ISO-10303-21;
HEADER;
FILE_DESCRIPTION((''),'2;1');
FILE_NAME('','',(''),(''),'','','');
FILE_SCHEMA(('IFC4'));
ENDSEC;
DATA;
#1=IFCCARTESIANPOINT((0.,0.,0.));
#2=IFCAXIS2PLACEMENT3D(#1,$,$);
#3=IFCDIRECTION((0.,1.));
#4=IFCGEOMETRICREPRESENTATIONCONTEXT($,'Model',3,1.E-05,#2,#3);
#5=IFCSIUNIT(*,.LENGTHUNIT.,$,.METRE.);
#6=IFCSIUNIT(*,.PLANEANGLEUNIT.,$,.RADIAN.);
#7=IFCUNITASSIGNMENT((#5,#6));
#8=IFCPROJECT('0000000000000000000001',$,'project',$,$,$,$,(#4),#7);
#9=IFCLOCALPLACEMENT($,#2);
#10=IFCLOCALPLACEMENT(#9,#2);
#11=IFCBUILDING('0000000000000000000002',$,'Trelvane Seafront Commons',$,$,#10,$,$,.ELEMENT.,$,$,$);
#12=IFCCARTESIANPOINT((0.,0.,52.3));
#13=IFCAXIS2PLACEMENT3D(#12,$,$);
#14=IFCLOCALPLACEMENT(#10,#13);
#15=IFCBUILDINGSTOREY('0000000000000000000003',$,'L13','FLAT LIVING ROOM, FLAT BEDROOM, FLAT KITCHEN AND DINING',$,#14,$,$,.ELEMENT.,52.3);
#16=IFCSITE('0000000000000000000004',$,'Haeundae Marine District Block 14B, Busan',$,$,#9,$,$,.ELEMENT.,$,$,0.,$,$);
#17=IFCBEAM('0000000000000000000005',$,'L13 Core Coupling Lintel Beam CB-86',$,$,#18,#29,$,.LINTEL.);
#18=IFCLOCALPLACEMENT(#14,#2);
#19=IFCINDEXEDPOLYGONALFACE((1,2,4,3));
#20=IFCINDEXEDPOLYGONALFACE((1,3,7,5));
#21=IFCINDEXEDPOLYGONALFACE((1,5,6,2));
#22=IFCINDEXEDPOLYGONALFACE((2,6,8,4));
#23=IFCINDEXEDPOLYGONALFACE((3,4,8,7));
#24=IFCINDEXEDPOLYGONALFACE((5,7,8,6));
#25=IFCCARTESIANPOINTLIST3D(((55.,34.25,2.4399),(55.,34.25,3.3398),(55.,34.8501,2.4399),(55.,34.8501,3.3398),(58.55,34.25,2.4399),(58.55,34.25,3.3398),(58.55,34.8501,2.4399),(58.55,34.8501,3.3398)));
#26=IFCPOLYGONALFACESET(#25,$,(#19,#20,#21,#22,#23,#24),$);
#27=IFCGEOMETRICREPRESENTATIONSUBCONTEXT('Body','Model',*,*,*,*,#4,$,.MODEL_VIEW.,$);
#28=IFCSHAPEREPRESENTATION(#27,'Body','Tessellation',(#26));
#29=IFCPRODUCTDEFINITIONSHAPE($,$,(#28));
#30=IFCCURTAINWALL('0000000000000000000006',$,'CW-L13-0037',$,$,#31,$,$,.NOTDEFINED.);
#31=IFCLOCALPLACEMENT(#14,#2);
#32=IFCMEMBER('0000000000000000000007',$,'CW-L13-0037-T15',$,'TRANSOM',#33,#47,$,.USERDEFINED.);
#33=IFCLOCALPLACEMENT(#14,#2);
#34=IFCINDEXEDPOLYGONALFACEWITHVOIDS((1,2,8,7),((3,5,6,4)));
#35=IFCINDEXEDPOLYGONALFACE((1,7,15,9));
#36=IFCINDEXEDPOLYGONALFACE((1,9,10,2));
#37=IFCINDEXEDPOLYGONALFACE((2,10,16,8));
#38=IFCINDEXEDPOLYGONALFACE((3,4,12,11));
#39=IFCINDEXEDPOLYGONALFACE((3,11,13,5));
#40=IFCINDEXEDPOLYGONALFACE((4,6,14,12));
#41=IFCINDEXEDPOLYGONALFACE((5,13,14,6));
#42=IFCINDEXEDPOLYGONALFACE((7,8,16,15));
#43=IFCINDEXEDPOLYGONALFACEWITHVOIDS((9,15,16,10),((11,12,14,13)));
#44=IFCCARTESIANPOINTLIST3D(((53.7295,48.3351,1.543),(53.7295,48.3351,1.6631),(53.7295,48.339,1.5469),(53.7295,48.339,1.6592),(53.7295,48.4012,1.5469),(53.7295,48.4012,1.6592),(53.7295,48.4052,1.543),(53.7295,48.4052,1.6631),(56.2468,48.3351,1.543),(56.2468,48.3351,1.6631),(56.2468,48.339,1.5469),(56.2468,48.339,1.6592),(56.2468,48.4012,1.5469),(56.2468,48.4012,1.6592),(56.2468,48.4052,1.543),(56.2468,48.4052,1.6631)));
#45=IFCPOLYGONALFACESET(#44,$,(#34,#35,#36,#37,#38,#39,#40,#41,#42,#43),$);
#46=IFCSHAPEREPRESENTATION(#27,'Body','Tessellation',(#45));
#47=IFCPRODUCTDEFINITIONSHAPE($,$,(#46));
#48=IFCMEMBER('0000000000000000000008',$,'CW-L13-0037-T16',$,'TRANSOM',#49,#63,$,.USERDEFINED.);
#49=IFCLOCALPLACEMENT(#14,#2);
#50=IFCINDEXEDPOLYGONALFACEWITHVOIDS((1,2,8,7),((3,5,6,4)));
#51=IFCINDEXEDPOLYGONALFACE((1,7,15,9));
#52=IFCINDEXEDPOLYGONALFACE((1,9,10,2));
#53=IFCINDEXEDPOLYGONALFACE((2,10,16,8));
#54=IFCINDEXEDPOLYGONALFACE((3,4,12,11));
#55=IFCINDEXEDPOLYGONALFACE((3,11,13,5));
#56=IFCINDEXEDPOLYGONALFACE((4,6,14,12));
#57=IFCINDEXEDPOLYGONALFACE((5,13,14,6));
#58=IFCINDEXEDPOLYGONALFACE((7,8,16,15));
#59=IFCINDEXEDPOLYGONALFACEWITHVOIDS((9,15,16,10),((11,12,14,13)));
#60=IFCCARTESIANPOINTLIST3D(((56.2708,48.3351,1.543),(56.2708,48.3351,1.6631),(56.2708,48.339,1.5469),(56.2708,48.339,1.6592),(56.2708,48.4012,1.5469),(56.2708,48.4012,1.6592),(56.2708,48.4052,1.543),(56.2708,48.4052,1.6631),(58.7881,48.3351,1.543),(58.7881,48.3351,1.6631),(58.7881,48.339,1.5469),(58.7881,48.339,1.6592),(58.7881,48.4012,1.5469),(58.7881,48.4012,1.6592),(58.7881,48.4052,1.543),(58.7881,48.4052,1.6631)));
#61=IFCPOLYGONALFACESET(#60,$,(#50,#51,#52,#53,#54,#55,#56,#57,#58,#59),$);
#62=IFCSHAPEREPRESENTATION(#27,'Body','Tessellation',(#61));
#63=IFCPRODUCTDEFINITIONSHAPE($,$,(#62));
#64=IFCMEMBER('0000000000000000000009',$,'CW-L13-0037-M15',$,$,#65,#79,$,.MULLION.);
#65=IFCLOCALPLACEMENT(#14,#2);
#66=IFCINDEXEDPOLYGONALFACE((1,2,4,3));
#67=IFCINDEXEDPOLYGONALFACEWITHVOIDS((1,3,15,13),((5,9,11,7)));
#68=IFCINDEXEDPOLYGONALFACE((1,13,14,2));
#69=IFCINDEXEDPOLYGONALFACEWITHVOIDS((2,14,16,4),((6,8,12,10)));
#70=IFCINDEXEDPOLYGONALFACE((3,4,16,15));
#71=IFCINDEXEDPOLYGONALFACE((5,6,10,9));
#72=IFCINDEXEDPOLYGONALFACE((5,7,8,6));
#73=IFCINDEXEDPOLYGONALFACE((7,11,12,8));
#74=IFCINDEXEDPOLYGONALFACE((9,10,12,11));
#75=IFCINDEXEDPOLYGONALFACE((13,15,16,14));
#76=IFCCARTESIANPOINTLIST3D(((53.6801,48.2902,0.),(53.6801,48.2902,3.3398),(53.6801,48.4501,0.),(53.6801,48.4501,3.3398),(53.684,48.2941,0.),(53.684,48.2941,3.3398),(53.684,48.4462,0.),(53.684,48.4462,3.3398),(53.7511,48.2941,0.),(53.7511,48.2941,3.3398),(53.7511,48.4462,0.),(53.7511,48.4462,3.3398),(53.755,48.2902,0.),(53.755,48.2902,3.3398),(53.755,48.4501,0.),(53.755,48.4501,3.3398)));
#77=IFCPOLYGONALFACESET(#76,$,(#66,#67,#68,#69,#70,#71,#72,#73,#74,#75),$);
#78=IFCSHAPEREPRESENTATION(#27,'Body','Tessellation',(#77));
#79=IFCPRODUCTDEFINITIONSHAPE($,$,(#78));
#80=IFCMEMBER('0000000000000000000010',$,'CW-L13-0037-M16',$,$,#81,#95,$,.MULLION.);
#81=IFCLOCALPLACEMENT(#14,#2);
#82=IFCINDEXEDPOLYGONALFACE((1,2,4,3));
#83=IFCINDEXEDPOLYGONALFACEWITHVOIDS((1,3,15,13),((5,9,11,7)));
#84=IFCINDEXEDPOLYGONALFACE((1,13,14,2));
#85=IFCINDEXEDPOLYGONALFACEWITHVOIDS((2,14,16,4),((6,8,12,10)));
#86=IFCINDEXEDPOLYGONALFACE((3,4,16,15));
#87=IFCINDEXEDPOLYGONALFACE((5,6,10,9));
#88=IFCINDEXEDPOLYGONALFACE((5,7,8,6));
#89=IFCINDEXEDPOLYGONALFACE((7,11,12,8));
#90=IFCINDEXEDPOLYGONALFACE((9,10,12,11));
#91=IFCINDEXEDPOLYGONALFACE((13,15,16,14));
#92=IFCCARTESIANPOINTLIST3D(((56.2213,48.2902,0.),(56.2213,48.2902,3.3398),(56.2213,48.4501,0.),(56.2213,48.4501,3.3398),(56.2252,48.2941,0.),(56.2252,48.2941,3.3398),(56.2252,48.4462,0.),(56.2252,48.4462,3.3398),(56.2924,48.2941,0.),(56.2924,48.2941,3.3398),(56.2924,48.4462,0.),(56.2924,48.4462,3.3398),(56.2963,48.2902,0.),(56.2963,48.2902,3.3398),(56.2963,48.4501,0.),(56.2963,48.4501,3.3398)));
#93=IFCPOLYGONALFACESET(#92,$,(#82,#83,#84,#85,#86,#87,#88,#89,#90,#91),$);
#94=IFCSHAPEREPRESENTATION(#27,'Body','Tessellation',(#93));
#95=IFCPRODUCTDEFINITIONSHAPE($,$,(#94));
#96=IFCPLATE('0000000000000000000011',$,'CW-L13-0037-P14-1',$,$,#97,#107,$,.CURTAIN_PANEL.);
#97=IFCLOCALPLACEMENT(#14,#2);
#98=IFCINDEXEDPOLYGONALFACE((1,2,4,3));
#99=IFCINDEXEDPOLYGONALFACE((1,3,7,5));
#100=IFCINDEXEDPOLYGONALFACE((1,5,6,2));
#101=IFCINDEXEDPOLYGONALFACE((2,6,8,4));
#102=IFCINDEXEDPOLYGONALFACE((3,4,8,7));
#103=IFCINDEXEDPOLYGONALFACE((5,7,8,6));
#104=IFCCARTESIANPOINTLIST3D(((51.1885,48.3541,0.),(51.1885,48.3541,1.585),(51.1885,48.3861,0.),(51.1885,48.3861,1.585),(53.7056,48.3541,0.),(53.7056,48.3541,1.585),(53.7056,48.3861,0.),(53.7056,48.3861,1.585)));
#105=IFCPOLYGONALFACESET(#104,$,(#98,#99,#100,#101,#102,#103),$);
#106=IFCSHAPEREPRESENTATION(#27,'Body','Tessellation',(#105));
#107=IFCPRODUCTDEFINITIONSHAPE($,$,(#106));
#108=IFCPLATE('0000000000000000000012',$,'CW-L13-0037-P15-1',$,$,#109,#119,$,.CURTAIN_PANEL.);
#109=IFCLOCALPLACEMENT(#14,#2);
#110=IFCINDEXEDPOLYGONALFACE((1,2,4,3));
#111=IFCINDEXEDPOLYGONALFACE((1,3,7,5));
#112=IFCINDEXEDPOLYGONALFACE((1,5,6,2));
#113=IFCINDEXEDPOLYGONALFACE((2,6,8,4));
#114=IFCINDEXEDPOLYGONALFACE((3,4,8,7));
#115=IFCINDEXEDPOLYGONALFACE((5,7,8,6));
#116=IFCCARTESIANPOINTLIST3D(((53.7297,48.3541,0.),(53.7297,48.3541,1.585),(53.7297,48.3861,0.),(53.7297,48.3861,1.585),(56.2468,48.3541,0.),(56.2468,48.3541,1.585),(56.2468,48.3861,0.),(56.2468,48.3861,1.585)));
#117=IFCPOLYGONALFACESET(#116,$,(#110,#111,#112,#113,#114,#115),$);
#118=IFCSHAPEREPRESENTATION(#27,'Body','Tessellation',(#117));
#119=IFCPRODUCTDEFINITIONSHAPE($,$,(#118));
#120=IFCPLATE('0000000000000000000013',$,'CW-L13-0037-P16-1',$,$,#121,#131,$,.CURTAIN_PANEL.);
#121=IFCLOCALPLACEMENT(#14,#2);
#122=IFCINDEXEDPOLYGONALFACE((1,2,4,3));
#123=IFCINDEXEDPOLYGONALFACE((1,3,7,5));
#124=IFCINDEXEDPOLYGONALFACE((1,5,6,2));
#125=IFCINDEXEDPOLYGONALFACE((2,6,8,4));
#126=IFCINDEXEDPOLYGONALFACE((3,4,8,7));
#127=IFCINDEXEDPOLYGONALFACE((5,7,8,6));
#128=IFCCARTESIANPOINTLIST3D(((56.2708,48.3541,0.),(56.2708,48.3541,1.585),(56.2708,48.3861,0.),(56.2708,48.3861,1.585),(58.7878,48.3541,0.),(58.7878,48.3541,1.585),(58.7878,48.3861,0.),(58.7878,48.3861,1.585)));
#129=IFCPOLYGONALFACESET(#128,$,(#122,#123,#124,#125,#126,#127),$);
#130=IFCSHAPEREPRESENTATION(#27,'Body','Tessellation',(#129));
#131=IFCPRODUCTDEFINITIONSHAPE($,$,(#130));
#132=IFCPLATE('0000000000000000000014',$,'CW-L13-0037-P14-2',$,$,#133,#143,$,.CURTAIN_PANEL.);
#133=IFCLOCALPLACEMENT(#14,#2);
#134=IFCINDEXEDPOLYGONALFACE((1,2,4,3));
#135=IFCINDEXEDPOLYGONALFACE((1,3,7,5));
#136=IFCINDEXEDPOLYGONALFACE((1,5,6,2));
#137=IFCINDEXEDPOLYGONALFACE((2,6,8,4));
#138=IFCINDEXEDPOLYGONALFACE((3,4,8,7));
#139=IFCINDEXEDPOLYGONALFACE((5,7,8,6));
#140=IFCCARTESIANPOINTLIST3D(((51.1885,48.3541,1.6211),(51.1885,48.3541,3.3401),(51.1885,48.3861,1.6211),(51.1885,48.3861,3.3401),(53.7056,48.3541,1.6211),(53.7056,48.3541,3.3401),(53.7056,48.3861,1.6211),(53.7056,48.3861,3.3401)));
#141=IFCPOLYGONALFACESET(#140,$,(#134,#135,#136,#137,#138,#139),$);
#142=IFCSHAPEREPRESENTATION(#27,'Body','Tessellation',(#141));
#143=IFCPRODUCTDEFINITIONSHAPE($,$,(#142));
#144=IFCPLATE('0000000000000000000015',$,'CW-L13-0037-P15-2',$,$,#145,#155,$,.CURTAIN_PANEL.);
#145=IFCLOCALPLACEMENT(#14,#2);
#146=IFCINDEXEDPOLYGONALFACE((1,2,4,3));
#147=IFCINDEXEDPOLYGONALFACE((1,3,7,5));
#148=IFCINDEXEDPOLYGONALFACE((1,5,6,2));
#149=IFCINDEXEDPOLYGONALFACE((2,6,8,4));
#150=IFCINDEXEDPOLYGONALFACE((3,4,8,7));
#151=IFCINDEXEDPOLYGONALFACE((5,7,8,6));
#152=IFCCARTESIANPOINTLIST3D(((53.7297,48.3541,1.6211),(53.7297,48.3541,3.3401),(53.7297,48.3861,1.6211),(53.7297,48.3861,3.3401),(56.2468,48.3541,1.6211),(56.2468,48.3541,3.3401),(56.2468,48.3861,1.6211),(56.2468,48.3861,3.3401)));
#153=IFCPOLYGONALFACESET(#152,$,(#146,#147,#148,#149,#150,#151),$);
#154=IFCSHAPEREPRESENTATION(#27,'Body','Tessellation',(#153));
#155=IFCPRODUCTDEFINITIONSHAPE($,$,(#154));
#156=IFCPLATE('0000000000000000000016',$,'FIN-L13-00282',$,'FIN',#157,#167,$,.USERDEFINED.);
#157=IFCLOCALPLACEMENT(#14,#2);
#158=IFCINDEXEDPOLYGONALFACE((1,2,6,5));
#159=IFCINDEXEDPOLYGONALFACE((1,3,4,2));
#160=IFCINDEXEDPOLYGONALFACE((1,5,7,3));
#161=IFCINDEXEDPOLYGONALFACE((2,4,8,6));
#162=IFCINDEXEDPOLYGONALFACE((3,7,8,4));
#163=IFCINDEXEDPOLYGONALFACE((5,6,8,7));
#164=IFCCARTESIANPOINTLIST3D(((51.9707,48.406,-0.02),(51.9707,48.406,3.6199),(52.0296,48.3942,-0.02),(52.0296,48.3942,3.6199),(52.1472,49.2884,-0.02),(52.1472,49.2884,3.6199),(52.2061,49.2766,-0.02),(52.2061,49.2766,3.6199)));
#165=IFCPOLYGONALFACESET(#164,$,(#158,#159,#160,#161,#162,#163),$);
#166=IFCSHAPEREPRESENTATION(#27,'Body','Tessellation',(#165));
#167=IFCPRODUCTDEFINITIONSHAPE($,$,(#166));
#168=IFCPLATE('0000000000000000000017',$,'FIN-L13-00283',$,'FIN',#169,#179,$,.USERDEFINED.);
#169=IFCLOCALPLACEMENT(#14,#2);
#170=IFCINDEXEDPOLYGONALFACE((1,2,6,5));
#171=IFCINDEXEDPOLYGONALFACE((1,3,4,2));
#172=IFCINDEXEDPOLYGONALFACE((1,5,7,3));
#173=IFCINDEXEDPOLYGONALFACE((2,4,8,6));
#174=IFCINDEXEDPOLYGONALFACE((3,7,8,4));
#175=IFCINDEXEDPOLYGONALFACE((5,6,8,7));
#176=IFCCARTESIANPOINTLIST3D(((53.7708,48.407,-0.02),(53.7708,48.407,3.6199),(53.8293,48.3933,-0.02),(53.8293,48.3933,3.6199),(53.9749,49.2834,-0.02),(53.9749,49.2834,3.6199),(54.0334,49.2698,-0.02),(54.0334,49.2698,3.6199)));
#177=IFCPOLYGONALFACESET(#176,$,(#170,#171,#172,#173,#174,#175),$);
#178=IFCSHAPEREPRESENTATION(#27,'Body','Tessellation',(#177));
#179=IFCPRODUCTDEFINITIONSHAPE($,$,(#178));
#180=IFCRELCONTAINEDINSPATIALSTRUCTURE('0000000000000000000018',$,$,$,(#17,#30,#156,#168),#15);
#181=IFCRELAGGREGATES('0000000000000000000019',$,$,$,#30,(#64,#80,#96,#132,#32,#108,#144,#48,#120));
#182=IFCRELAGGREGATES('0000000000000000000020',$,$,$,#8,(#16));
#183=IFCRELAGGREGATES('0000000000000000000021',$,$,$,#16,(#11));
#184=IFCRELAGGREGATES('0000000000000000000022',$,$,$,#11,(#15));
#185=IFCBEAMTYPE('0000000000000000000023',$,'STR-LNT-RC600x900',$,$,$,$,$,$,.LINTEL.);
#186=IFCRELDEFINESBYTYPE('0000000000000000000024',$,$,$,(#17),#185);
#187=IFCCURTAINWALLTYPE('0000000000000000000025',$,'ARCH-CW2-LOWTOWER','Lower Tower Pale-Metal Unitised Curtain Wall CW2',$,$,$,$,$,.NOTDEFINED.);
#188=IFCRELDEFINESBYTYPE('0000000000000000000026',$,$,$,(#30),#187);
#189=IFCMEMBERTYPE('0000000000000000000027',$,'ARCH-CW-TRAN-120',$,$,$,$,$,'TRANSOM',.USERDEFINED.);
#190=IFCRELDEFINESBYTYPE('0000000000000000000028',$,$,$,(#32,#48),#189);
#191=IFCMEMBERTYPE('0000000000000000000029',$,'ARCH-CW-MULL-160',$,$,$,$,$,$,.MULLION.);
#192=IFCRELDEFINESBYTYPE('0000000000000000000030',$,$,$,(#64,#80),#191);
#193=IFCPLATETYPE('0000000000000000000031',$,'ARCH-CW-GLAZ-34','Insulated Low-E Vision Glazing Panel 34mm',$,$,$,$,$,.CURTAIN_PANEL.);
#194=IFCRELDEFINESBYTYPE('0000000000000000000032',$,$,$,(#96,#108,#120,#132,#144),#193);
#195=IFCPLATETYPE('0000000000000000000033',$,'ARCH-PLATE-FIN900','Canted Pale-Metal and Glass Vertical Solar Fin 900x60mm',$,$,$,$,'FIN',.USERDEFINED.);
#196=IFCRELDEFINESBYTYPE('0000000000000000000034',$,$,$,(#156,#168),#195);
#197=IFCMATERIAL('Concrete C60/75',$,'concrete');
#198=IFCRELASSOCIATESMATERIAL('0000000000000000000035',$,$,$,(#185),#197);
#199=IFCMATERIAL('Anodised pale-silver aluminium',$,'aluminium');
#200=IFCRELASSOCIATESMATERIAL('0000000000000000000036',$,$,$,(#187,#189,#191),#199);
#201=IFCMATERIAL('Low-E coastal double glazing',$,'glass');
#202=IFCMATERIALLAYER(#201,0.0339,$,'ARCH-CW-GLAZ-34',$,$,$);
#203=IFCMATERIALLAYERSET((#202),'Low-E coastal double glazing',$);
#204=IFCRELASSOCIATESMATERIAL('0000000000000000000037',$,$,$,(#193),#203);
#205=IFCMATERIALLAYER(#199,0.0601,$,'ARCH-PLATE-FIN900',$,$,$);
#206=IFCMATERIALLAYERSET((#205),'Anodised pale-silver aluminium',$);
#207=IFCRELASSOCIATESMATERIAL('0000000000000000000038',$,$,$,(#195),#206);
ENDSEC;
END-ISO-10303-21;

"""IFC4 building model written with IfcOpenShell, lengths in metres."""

from ifc_helpers import new_model, si_unit, direction, frame, origin, origin_2d, place, context, subcontext, project, spatial, rectangle, hollow_rectangle, extrude, source, transform, mapped, material, layer, layer_set, material_profile, profile_set, type_object, element, aggregate, save


model = new_model("IFC4")

# Units and contexts
model_context = context("Model", 3, precision=1e-05, world=origin(), true_north=direction((0.0, 1.0)))
body_context = subcontext(model_context, "Body", "Model", "MODEL_VIEW")
ifc_project = project(units=[si_unit("LENGTHUNIT", "METRE"), si_unit("PLANEANGLEUNIT", "RADIAN")], contexts=[model_context])

# Site, building, storey
site_placement = place(None, origin())
site = spatial("IfcSite", under=ifc_project, at=site_placement, Name="Haeundae Marine District Block 14B, Busan", CompositionType="ELEMENT", RefElevation=0.0)
building_placement = place(site_placement, origin())
building = spatial("IfcBuilding", under=site, at=building_placement, Name="Trelvane Seafront Commons", CompositionType="ELEMENT")
storey_placement = place(building_placement, frame((0.0, 0.0, 52.3)))
storey = spatial("IfcBuildingStorey", under=building, at=storey_placement, Name="L13", Description="FLAT LIVING ROOM, FLAT BEDROOM, FLAT KITCHEN AND DINING", CompositionType="ELEMENT", Elevation=52.3)

# Beam
ifc_material_1 = material(Name="Concrete C60/75", Category="concrete")
ifc_material_profile_1 = material_profile(ifc_material_1, rectangle(XDim=0.6001, YDim=0.8999, at=origin_2d()), Name="RC-600x900")
ifc_profile_set_1 = profile_set([ifc_material_profile_1], Name="Concrete C60/75")
beam_type = type_object("IfcBeamType", Name="STR-LNT-RC600x900", PredefinedType="LINTEL", material=ifc_profile_set_1)
shared_shape_1 = source(origin(), body_context, "Body", "SweptSolid", [
    extrude(rectangle(XDim=0.6001, YDim=0.8999, at=origin_2d()), origin(), (0.0, 0.0, 1.0), 3.55),
])
beam_placement = place(storey_placement, frame((55.0, 34.55, 2.8899), z_axis=(1.0, 0.0, 0.0), x_axis=(0.0, 1.0, 0.0)))
element("IfcBeam", 1, at=beam_placement, inside=storey, type_object=beam_type, Name="L13 Core Coupling Lintel Beam CB-86", PredefinedType="LINTEL", context=body_context, shape_type="MappedRepresentation", body=[
    mapped(shared_shape_1, transform((0.0, 0.0, 0.0), x_axis=(1.0, 0.0, 0.0), y_axis=(0.0, 1.0, 0.0), z_axis=(0.0, 0.0, 1.0), scale=1.0)),
])

# Curtain wall, members, plates
ifc_material_2 = material(Name="Anodised pale-silver aluminium", Category="aluminium")
curtain_wall_type = type_object("IfcCurtainWallType", Name="ARCH-CW2-LOWTOWER", Description="Lower Tower Pale-Metal Unitised Curtain Wall CW2", PredefinedType="NOTDEFINED", material=ifc_material_2)
curtain_wall_placement = place(storey_placement, origin())
curtain_wall = element("IfcCurtainWall", 2, at=curtain_wall_placement, inside=storey, type_object=curtain_wall_type, Name="CW-L13-0037", PredefinedType="NOTDEFINED")
ifc_material_profile_2 = material_profile(ifc_material_2, hollow_rectangle(XDim=0.0701, YDim=0.1201, WallThickness=0.0039, at=origin_2d()), Name="TRAN-70x120x4")
ifc_profile_set_2 = profile_set([ifc_material_profile_2], Name="Anodised pale-silver aluminium")
member_type_1 = type_object("IfcMemberType", Name="ARCH-CW-TRAN-120", ElementType="TRANSOM", PredefinedType="USERDEFINED", material=ifc_profile_set_2)
shared_shape_2 = source(origin(), body_context, "Body", "SweptSolid", [
    extrude(hollow_rectangle(XDim=0.0701, YDim=0.1201, WallThickness=0.0039, at=origin_2d()), origin(), (0.0, 0.0, 1.0), 2.5173),
])
member_1_placement = place(storey_placement, frame((53.7295, 48.3701, 1.603), z_axis=(1.0, 0.0, 0.0), x_axis=(0.0, 1.0, 0.0)))
member_1 = element("IfcMember", 3, at=member_1_placement, type_object=member_type_1, Name="CW-L13-0037-T15", ObjectType="TRANSOM", PredefinedType="USERDEFINED", context=body_context, shape_type="MappedRepresentation", body=[
    mapped(shared_shape_2, transform((0.0, 0.0, 0.0), x_axis=(1.0, 0.0, 0.0), y_axis=(0.0, 1.0, 0.0), z_axis=(0.0, 0.0, 1.0), scale=1.0)),
])
member_2_placement = place(storey_placement, frame((56.2708, 48.3701, 1.603), z_axis=(1.0, 0.0, 0.0), x_axis=(0.0, 1.0, 0.0)))
member_2 = element("IfcMember", 4, at=member_2_placement, type_object=member_type_1, Name="CW-L13-0037-T16", ObjectType="TRANSOM", PredefinedType="USERDEFINED", context=body_context, shape_type="MappedRepresentation", body=[
    mapped(shared_shape_2, transform((0.0, 0.0, 0.0), x_axis=(1.0, 0.0, 0.0), y_axis=(0.0, 1.0, 0.0), z_axis=(0.0, 0.0, 1.0), scale=1.0)),
])
ifc_material_profile_3 = material_profile(ifc_material_2, hollow_rectangle(XDim=0.075, YDim=0.1599, WallThickness=0.0039, at=origin_2d()), Name="MULL-75x160x4")
ifc_profile_set_3 = profile_set([ifc_material_profile_3], Name="Anodised pale-silver aluminium")
member_type_2 = type_object("IfcMemberType", Name="ARCH-CW-MULL-160", PredefinedType="MULLION", material=ifc_profile_set_3)
shared_shape_3 = source(origin(), body_context, "Body", "SweptSolid", [
    extrude(hollow_rectangle(XDim=0.075, YDim=0.1599, WallThickness=0.0039, at=origin_2d()), origin(), (0.0, 0.0, 1.0), 3.3398),
])
member_3_placement = place(storey_placement, frame((53.7175, 48.3701, 0.0), z_axis=(0.0, 0.0, 1.0), x_axis=(1.0, 0.0, 0.0)))
member_3 = element("IfcMember", 5, at=member_3_placement, type_object=member_type_2, Name="CW-L13-0037-M15", PredefinedType="MULLION", context=body_context, shape_type="MappedRepresentation", body=[
    mapped(shared_shape_3, transform((0.0, 0.0, 0.0), x_axis=(1.0, 0.0, 0.0), y_axis=(0.0, 1.0, 0.0), z_axis=(0.0, 0.0, 1.0), scale=1.0)),
])
member_4_placement = place(storey_placement, frame((56.2588, 48.3701, 0.0), z_axis=(0.0, 0.0, 1.0), x_axis=(1.0, 0.0, 0.0)))
member_4 = element("IfcMember", 6, at=member_4_placement, type_object=member_type_2, Name="CW-L13-0037-M16", PredefinedType="MULLION", context=body_context, shape_type="MappedRepresentation", body=[
    mapped(shared_shape_3, transform((0.0, 0.0, 0.0), x_axis=(1.0, 0.0, 0.0), y_axis=(0.0, 1.0, 0.0), z_axis=(0.0, 0.0, 1.0), scale=1.0)),
])
ifc_material_3 = material(Name="Low-E coastal double glazing", Category="glass")
ifc_layer_1 = layer(ifc_material_3, 0.0339, Name="ARCH-CW-GLAZ-34")
ifc_layer_set_1 = layer_set([ifc_layer_1], Name="Low-E coastal double glazing")
plate_type_1 = type_object("IfcPlateType", Name="ARCH-CW-GLAZ-34", Description="Insulated Low-E Vision Glazing Panel 34mm", PredefinedType="CURTAIN_PANEL", material=ifc_layer_set_1)
shared_shape_4 = source(origin(), body_context, "Body", "SweptSolid", [
    extrude(rectangle(XDim=2.5171, YDim=0.032, at=origin_2d()), origin(), (0.0, 0.0, 1.0), 1.585),
])
plate_1_placement = place(storey_placement, frame((52.447, 48.3701, 0.0), z_axis=(0.0, 0.0, 1.0), x_axis=(1.0, 0.0, 0.0)))
plate_1 = element("IfcPlate", 7, at=plate_1_placement, type_object=plate_type_1, Name="CW-L13-0037-P14-1", PredefinedType="CURTAIN_PANEL", context=body_context, shape_type="MappedRepresentation", body=[
    mapped(shared_shape_4, transform((0.0, 0.0, 0.0), x_axis=(1.0, 0.0, 0.0), y_axis=(0.0, 1.0, 0.0), z_axis=(0.0, 0.0, 1.0), scale=1.0)),
])
plate_2_placement = place(storey_placement, frame((54.9883, 48.3701, 0.0), z_axis=(0.0, 0.0, 1.0), x_axis=(1.0, 0.0, 0.0)))
plate_2 = element("IfcPlate", 8, at=plate_2_placement, type_object=plate_type_1, Name="CW-L13-0037-P15-1", PredefinedType="CURTAIN_PANEL", context=body_context, shape_type="MappedRepresentation", body=[
    mapped(shared_shape_4, transform((0.0, 0.0, 0.0), x_axis=(1.0, 0.0, 0.0), y_axis=(0.0, 1.0, 0.0), z_axis=(0.0, 0.0, 1.0), scale=1.0)),
])
plate_3_placement = place(storey_placement, frame((57.5293, 48.3701, 0.0), z_axis=(0.0, 0.0, 1.0), x_axis=(1.0, 0.0, 0.0)))
plate_3 = element("IfcPlate", 9, at=plate_3_placement, type_object=plate_type_1, Name="CW-L13-0037-P16-1", PredefinedType="CURTAIN_PANEL", context=body_context, shape_type="MappedRepresentation", body=[
    mapped(shared_shape_4, transform((0.0, 0.0, 0.0), x_axis=(1.0, 0.0, 0.0), y_axis=(0.0, 1.0, 0.0), z_axis=(0.0, 0.0, 1.0), scale=1.0)),
])
shared_shape_5 = source(origin(), body_context, "Body", "SweptSolid", [
    extrude(rectangle(XDim=2.5171, YDim=0.032, at=origin_2d()), origin(), (0.0, 0.0, 1.0), 1.719),
])
plate_4_placement = place(storey_placement, frame((52.447, 48.3701, 1.6211), z_axis=(0.0, 0.0, 1.0), x_axis=(1.0, 0.0, 0.0)))
plate_4 = element("IfcPlate", 10, at=plate_4_placement, type_object=plate_type_1, Name="CW-L13-0037-P14-2", PredefinedType="CURTAIN_PANEL", context=body_context, shape_type="MappedRepresentation", body=[
    mapped(shared_shape_5, transform((0.0, 0.0, 0.0), x_axis=(1.0, 0.0, 0.0), y_axis=(0.0, 1.0, 0.0), z_axis=(0.0, 0.0, 1.0), scale=1.0)),
])
plate_5_placement = place(storey_placement, frame((54.9883, 48.3701, 1.6211), z_axis=(0.0, 0.0, 1.0), x_axis=(1.0, 0.0, 0.0)))
plate_5 = element("IfcPlate", 11, at=plate_5_placement, type_object=plate_type_1, Name="CW-L13-0037-P15-2", PredefinedType="CURTAIN_PANEL", context=body_context, shape_type="MappedRepresentation", body=[
    mapped(shared_shape_5, transform((0.0, 0.0, 0.0), x_axis=(1.0, 0.0, 0.0), y_axis=(0.0, 1.0, 0.0), z_axis=(0.0, 0.0, 1.0), scale=1.0)),
])
aggregate(curtain_wall, [member_3, member_4, plate_1, plate_4, member_1, plate_2, plate_5, member_2, plate_3])

# Plates
ifc_layer_2 = layer(ifc_material_2, 0.0601, Name="ARCH-PLATE-FIN900")
ifc_layer_set_2 = layer_set([ifc_layer_2], Name="Anodised pale-silver aluminium")
plate_type_2 = type_object("IfcPlateType", Name="ARCH-PLATE-FIN900", Description="Canted Pale-Metal and Glass Vertical Solar Fin 900x60mm", ElementType="FIN", PredefinedType="USERDEFINED", material=ifc_layer_set_2)
shared_shape_6 = source(origin(), body_context, "Body", "SweptSolid", [
    extrude(rectangle(XDim=0.8999, YDim=0.0601, at=origin_2d()), origin(), (0.0, 0.0, 1.0), 3.6399),
])
for number, where, z_axis, x_axis, name in (
    (12, (52.0884, 48.8413, -0.02), (0.0, 0.0, 1.0), (0.196116, 0.980581, 0.0), "FIN-L13-00282"),
    (13, (53.9021, 48.8384, -0.02), (0.0, 0.0, 1.0), (0.226896, 0.973919, 0.0), "FIN-L13-00283"),
):
    element("IfcPlate", number, at=place(storey_placement, frame(where, z_axis=z_axis, x_axis=x_axis)), inside=storey, type_object=plate_type_2, Name=name, ObjectType="FIN", PredefinedType="USERDEFINED", context=body_context, shape_type="MappedRepresentation", body=[
        mapped(shared_shape_6, transform((0.0, 0.0, 0.0), x_axis=(1.0, 0.0, 0.0), y_axis=(0.0, 1.0, 0.0), z_axis=(0.0, 0.0, 1.0), scale=1.0)),
    ])

save(model, "model.ifc")
